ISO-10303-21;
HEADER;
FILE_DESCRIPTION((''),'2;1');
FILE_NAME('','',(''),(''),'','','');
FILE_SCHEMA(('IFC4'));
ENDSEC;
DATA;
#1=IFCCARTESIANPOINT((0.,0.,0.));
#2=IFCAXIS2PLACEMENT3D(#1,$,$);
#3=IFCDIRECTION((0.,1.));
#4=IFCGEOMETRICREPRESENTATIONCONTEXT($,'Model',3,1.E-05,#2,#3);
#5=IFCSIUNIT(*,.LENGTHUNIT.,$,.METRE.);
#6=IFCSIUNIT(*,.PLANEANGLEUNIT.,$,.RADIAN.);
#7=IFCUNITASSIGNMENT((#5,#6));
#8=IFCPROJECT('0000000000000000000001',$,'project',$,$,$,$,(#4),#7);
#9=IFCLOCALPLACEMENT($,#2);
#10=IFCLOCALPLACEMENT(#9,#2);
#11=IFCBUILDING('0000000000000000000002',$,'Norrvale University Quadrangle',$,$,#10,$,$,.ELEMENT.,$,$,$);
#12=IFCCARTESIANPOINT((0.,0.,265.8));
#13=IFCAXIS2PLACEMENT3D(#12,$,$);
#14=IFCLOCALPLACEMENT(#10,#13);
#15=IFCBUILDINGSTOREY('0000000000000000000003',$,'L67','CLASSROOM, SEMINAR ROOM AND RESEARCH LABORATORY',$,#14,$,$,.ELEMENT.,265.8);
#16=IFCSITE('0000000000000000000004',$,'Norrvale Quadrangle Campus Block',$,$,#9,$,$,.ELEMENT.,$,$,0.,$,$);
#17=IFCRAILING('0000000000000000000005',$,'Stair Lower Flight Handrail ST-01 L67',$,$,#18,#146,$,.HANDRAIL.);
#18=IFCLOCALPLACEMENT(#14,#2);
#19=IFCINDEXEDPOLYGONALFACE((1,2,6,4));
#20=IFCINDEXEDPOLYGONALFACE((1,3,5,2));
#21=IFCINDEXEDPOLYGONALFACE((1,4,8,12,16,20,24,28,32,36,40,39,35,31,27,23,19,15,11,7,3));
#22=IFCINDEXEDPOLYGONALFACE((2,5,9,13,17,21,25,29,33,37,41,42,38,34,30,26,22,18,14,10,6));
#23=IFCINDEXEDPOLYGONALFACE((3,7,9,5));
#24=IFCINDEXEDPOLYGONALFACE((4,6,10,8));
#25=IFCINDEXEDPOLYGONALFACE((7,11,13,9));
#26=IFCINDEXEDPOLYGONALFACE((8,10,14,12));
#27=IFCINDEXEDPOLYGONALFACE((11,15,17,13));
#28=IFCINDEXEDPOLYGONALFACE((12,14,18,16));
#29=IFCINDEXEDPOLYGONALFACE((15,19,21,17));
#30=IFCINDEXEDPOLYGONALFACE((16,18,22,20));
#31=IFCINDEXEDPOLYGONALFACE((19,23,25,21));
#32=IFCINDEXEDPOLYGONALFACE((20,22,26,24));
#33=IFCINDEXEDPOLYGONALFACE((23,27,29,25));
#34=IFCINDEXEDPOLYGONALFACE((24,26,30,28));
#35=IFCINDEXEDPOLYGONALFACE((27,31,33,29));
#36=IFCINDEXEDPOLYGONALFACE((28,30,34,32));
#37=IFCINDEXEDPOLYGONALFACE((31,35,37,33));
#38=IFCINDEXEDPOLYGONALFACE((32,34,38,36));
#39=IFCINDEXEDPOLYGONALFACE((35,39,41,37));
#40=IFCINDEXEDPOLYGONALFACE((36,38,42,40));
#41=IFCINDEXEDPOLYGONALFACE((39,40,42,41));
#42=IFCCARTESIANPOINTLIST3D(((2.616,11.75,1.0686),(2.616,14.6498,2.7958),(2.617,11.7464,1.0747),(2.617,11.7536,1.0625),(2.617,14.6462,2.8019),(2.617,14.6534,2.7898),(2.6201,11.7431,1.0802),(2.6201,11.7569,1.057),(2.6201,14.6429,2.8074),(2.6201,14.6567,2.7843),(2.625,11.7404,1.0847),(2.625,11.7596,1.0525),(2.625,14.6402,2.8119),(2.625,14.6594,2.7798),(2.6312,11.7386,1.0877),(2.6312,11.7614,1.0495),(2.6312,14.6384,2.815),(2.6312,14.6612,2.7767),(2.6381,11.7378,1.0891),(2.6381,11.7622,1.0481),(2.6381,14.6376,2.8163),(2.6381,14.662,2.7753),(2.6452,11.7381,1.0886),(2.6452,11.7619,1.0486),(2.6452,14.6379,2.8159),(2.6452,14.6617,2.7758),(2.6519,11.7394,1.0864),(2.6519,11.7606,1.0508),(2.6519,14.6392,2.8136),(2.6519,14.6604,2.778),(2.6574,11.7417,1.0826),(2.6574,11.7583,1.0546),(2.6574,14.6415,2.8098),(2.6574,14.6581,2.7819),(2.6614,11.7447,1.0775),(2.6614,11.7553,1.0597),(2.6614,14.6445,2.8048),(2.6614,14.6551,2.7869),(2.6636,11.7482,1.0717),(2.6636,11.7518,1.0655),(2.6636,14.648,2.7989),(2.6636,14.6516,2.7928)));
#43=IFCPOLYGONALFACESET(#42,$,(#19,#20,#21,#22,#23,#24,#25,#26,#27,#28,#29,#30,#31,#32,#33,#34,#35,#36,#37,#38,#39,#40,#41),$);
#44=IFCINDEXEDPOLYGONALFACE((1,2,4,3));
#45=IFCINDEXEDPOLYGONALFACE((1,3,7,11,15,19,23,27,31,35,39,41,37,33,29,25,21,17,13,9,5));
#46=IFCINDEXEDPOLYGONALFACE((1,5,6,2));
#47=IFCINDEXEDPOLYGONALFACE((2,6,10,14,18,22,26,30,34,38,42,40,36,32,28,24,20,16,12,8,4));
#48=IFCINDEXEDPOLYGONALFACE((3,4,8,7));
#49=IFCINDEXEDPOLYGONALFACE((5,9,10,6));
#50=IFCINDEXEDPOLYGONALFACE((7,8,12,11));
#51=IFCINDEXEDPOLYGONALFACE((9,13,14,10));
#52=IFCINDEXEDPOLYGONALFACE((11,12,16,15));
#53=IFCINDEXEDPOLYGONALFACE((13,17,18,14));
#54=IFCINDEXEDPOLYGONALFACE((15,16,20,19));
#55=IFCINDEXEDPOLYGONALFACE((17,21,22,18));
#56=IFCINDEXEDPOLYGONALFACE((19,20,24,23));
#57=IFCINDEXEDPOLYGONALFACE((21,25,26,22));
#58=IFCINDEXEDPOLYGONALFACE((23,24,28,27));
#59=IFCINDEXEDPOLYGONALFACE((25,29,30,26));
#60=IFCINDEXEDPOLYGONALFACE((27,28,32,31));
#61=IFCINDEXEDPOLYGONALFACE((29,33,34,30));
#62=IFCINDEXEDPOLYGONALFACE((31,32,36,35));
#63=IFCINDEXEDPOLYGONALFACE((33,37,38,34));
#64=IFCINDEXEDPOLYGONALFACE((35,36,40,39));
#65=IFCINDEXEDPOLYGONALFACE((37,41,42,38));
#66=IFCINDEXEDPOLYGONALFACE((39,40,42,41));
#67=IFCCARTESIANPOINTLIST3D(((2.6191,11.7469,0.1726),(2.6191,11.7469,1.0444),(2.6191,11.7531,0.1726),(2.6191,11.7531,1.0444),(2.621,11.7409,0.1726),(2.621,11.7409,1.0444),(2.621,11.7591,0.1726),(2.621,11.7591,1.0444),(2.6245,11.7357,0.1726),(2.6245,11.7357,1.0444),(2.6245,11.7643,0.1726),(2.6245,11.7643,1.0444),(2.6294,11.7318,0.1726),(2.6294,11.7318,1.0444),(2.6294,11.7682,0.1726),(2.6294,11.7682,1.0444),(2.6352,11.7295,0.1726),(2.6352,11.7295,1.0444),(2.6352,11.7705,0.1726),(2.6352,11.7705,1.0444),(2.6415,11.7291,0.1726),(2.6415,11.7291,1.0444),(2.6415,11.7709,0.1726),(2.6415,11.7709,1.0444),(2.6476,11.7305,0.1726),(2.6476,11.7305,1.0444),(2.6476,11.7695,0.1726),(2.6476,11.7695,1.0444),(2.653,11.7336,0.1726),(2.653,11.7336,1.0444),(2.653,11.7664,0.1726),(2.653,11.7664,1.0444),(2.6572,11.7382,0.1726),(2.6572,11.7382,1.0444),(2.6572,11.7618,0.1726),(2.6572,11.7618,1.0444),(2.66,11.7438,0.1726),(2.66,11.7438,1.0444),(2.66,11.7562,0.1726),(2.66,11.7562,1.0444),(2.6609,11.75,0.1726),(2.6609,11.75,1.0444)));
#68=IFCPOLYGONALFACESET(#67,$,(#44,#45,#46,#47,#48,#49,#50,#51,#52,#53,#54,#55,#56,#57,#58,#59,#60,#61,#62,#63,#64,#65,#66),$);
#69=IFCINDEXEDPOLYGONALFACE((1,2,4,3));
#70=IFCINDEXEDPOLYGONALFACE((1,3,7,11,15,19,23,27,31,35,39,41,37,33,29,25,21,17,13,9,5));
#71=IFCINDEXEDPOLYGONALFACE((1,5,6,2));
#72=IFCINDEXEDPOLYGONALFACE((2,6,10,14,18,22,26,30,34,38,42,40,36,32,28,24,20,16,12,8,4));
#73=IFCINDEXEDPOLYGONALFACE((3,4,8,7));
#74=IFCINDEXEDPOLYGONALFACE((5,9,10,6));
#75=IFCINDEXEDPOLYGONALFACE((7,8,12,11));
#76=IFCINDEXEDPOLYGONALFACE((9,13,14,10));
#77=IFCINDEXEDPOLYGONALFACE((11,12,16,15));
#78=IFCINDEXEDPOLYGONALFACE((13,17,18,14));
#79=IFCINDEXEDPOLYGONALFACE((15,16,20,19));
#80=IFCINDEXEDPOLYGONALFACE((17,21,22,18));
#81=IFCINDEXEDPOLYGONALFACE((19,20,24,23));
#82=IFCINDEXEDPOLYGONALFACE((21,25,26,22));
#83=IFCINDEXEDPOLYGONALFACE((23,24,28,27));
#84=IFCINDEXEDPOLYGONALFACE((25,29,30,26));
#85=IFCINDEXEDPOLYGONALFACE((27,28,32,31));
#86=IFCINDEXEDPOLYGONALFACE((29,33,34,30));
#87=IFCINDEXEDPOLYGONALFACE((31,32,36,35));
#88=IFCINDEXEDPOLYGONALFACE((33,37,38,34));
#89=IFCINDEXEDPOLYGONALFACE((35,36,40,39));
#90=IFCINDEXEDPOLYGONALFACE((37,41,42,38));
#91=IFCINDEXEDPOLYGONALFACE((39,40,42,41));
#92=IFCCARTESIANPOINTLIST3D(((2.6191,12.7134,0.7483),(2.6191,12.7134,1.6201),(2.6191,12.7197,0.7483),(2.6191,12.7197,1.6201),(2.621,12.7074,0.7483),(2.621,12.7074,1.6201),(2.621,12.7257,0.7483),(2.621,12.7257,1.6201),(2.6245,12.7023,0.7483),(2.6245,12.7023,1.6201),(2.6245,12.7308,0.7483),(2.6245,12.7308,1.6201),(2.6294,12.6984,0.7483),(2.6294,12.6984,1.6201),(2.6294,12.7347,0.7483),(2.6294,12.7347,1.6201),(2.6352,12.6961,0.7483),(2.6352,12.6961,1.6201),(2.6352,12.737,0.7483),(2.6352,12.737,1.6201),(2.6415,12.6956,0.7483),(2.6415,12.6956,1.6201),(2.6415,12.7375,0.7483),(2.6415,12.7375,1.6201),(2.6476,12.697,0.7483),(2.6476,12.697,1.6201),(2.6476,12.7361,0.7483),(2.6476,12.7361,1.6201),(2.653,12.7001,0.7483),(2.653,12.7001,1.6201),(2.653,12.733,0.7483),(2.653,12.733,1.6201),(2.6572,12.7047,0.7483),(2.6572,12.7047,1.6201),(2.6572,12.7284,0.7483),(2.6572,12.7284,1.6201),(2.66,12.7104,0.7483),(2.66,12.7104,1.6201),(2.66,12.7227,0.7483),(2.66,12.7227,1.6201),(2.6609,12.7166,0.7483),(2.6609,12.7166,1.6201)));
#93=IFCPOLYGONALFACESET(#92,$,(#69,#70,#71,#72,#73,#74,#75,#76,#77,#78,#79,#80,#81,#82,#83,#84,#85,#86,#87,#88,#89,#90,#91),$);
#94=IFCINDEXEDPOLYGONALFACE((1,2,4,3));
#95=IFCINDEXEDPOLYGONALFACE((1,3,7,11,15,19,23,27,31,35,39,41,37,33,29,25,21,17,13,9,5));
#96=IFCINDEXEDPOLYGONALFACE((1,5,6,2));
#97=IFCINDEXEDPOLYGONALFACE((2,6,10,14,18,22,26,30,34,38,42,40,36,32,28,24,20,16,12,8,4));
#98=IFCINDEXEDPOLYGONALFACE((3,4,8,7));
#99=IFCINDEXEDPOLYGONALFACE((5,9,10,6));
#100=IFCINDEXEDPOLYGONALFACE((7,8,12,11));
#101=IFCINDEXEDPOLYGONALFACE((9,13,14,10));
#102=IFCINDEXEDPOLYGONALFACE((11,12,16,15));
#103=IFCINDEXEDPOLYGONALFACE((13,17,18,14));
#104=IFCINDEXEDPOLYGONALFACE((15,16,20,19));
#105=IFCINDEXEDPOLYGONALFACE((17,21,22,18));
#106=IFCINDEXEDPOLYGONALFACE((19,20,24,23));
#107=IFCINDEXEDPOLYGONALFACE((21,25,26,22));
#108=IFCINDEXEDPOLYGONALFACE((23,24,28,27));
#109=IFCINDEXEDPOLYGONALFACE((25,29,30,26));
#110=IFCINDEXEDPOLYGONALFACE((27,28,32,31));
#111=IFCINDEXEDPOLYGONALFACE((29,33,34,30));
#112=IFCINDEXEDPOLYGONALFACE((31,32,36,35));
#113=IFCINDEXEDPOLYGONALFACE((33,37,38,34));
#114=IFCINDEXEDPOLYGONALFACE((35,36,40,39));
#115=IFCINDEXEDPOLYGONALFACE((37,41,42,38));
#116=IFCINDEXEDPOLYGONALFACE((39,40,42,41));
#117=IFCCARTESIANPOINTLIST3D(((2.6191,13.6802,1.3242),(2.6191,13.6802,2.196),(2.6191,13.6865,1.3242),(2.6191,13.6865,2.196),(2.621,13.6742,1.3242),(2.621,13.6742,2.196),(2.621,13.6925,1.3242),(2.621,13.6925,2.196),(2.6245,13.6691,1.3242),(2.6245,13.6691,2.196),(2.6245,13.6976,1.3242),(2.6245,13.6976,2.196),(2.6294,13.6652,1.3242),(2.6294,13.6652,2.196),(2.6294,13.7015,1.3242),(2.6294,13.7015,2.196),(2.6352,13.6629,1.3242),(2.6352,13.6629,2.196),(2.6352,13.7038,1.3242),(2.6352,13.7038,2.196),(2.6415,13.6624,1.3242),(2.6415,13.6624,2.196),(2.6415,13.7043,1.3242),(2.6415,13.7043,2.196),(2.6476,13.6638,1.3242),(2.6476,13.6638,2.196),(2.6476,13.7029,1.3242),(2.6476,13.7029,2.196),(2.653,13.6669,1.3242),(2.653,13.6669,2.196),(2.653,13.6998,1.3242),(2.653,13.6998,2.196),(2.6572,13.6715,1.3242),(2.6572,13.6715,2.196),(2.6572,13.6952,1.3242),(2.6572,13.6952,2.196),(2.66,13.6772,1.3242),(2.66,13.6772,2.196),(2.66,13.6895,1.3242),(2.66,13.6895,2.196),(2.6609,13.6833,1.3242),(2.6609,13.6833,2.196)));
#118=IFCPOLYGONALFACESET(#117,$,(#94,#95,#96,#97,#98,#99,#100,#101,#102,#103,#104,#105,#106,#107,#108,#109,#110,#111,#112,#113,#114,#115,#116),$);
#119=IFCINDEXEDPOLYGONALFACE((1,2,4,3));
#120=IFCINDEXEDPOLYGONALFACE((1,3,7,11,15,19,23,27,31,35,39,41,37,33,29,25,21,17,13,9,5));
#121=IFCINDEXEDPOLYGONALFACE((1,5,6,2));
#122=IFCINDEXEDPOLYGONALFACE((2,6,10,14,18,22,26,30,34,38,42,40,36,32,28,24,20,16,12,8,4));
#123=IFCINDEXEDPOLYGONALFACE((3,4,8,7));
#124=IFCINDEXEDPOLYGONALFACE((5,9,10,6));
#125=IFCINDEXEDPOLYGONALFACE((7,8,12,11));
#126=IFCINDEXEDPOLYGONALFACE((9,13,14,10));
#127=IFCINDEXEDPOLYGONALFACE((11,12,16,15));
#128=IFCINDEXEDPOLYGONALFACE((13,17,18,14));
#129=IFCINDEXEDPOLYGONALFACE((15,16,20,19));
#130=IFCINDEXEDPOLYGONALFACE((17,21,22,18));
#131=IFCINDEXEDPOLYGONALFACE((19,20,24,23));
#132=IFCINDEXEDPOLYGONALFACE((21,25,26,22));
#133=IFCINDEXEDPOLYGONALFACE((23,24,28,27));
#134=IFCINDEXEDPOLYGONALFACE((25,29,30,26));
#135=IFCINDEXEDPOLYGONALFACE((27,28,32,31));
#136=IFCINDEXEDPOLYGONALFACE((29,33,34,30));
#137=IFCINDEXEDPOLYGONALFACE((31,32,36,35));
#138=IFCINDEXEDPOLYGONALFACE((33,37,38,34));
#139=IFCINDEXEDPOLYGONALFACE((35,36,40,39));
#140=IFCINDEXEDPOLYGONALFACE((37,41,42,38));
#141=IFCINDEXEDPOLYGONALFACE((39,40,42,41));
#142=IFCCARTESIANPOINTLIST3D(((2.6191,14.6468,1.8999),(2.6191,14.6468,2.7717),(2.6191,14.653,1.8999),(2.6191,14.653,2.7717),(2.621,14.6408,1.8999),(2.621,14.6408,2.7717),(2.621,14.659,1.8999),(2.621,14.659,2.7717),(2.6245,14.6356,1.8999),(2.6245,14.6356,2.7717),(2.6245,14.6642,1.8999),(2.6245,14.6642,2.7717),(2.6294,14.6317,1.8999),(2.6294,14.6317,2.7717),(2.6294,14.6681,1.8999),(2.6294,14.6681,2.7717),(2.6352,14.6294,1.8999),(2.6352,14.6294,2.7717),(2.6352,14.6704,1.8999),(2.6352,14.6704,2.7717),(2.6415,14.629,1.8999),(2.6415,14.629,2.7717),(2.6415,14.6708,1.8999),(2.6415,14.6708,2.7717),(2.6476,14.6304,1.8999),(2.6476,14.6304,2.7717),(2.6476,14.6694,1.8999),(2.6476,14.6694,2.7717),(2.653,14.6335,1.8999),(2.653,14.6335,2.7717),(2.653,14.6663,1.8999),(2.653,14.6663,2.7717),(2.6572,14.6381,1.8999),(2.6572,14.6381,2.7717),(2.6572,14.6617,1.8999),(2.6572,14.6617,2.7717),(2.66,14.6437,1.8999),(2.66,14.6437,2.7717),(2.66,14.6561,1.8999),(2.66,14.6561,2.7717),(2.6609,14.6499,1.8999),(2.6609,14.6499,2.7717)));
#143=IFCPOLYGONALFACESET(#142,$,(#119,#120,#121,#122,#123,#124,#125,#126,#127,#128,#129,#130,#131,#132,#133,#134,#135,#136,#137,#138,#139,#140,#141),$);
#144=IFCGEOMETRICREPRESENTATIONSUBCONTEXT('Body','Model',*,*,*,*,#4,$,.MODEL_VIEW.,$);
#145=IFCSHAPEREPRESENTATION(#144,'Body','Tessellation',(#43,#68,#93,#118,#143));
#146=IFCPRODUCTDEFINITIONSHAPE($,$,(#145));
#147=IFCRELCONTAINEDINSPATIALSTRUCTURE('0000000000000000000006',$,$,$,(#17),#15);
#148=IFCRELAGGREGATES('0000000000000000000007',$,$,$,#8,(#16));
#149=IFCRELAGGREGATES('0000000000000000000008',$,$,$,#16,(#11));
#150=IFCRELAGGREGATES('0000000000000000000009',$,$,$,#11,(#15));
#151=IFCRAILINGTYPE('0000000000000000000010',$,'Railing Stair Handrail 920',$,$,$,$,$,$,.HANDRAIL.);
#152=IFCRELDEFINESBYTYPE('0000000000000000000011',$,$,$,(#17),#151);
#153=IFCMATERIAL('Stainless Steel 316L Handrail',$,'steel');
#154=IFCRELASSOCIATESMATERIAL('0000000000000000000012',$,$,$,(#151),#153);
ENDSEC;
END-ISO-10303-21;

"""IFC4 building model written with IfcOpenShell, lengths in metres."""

from ifc_helpers import new_model, si_unit, direction, frame, origin, origin_2d, place, context, subcontext, project, spatial, circle, extrude, material, type_object, element, save


model = new_model("IFC4")

# Units and contexts
model_context = context("Model", 3, precision=1e-05, world=origin(), true_north=direction((0.0, 1.0)))
body_context = subcontext(model_context, "Body", "Model", "MODEL_VIEW")
ifc_project = project(units=[si_unit("LENGTHUNIT", "METRE"), si_unit("PLANEANGLEUNIT", "RADIAN")], contexts=[model_context])

# Site, building, storey
site_placement = place(None, origin())
site = spatial("IfcSite", under=ifc_project, at=site_placement, Name="Norrvale Quadrangle Campus Block", CompositionType="ELEMENT", RefElevation=0.0)
building_placement = place(site_placement, origin())
building = spatial("IfcBuilding", under=site, at=building_placement, Name="Norrvale University Quadrangle", CompositionType="ELEMENT")
storey_placement = place(building_placement, frame((0.0, 0.0, 265.8)))
storey = spatial("IfcBuildingStorey", under=building, at=storey_placement, Name="L67", Description="CLASSROOM, SEMINAR ROOM AND RESEARCH LABORATORY", CompositionType="ELEMENT", Elevation=265.8)

# Railing
ifc_material_1 = material(Name="Stainless Steel 316L Handrail", Category="steel")
railing_type_1 = type_object("IfcRailingType", Name="Railing Stair Handrail 920", PredefinedType="HANDRAIL", material=ifc_material_1)
railing_1_placement = place(storey_placement, frame((2.6399, 11.75, 0.1726)))
element("IfcRailing", 1, at=railing_1_placement, inside=storey, type_object=railing_type_1, Name="Stair Lower Flight Handrail ST-01 L67", PredefinedType="HANDRAIL", context=body_context, shape_type="SweptSolid", body=[
    extrude(circle(Radius=0.0239, at=origin_2d()), frame((0.0, 0.0, 0.896), z_axis=(0.0, 0.859141, 0.511738), x_axis=(-1.0, 0.0, 0.0)), (0.0, 0.0, 1.0), 3.3752),
    extrude(circle(Radius=0.021, at=origin_2d()), origin(), (0.0, 0.0, 1.0), 0.8718),
    extrude(circle(Radius=0.021, at=origin_2d()), frame((0.0, 0.9666, 0.5757)), (0.0, 0.0, 1.0), 0.8718),
    extrude(circle(Radius=0.021, at=origin_2d()), frame((0.0, 1.9333, 1.1516)), (0.0, 0.0, 1.0), 0.8718),
    extrude(circle(Radius=0.021, at=origin_2d()), frame((0.0, 2.8999, 1.7273)), (0.0, 0.0, 1.0), 0.8718),
])

save(model, "model.ifc")
